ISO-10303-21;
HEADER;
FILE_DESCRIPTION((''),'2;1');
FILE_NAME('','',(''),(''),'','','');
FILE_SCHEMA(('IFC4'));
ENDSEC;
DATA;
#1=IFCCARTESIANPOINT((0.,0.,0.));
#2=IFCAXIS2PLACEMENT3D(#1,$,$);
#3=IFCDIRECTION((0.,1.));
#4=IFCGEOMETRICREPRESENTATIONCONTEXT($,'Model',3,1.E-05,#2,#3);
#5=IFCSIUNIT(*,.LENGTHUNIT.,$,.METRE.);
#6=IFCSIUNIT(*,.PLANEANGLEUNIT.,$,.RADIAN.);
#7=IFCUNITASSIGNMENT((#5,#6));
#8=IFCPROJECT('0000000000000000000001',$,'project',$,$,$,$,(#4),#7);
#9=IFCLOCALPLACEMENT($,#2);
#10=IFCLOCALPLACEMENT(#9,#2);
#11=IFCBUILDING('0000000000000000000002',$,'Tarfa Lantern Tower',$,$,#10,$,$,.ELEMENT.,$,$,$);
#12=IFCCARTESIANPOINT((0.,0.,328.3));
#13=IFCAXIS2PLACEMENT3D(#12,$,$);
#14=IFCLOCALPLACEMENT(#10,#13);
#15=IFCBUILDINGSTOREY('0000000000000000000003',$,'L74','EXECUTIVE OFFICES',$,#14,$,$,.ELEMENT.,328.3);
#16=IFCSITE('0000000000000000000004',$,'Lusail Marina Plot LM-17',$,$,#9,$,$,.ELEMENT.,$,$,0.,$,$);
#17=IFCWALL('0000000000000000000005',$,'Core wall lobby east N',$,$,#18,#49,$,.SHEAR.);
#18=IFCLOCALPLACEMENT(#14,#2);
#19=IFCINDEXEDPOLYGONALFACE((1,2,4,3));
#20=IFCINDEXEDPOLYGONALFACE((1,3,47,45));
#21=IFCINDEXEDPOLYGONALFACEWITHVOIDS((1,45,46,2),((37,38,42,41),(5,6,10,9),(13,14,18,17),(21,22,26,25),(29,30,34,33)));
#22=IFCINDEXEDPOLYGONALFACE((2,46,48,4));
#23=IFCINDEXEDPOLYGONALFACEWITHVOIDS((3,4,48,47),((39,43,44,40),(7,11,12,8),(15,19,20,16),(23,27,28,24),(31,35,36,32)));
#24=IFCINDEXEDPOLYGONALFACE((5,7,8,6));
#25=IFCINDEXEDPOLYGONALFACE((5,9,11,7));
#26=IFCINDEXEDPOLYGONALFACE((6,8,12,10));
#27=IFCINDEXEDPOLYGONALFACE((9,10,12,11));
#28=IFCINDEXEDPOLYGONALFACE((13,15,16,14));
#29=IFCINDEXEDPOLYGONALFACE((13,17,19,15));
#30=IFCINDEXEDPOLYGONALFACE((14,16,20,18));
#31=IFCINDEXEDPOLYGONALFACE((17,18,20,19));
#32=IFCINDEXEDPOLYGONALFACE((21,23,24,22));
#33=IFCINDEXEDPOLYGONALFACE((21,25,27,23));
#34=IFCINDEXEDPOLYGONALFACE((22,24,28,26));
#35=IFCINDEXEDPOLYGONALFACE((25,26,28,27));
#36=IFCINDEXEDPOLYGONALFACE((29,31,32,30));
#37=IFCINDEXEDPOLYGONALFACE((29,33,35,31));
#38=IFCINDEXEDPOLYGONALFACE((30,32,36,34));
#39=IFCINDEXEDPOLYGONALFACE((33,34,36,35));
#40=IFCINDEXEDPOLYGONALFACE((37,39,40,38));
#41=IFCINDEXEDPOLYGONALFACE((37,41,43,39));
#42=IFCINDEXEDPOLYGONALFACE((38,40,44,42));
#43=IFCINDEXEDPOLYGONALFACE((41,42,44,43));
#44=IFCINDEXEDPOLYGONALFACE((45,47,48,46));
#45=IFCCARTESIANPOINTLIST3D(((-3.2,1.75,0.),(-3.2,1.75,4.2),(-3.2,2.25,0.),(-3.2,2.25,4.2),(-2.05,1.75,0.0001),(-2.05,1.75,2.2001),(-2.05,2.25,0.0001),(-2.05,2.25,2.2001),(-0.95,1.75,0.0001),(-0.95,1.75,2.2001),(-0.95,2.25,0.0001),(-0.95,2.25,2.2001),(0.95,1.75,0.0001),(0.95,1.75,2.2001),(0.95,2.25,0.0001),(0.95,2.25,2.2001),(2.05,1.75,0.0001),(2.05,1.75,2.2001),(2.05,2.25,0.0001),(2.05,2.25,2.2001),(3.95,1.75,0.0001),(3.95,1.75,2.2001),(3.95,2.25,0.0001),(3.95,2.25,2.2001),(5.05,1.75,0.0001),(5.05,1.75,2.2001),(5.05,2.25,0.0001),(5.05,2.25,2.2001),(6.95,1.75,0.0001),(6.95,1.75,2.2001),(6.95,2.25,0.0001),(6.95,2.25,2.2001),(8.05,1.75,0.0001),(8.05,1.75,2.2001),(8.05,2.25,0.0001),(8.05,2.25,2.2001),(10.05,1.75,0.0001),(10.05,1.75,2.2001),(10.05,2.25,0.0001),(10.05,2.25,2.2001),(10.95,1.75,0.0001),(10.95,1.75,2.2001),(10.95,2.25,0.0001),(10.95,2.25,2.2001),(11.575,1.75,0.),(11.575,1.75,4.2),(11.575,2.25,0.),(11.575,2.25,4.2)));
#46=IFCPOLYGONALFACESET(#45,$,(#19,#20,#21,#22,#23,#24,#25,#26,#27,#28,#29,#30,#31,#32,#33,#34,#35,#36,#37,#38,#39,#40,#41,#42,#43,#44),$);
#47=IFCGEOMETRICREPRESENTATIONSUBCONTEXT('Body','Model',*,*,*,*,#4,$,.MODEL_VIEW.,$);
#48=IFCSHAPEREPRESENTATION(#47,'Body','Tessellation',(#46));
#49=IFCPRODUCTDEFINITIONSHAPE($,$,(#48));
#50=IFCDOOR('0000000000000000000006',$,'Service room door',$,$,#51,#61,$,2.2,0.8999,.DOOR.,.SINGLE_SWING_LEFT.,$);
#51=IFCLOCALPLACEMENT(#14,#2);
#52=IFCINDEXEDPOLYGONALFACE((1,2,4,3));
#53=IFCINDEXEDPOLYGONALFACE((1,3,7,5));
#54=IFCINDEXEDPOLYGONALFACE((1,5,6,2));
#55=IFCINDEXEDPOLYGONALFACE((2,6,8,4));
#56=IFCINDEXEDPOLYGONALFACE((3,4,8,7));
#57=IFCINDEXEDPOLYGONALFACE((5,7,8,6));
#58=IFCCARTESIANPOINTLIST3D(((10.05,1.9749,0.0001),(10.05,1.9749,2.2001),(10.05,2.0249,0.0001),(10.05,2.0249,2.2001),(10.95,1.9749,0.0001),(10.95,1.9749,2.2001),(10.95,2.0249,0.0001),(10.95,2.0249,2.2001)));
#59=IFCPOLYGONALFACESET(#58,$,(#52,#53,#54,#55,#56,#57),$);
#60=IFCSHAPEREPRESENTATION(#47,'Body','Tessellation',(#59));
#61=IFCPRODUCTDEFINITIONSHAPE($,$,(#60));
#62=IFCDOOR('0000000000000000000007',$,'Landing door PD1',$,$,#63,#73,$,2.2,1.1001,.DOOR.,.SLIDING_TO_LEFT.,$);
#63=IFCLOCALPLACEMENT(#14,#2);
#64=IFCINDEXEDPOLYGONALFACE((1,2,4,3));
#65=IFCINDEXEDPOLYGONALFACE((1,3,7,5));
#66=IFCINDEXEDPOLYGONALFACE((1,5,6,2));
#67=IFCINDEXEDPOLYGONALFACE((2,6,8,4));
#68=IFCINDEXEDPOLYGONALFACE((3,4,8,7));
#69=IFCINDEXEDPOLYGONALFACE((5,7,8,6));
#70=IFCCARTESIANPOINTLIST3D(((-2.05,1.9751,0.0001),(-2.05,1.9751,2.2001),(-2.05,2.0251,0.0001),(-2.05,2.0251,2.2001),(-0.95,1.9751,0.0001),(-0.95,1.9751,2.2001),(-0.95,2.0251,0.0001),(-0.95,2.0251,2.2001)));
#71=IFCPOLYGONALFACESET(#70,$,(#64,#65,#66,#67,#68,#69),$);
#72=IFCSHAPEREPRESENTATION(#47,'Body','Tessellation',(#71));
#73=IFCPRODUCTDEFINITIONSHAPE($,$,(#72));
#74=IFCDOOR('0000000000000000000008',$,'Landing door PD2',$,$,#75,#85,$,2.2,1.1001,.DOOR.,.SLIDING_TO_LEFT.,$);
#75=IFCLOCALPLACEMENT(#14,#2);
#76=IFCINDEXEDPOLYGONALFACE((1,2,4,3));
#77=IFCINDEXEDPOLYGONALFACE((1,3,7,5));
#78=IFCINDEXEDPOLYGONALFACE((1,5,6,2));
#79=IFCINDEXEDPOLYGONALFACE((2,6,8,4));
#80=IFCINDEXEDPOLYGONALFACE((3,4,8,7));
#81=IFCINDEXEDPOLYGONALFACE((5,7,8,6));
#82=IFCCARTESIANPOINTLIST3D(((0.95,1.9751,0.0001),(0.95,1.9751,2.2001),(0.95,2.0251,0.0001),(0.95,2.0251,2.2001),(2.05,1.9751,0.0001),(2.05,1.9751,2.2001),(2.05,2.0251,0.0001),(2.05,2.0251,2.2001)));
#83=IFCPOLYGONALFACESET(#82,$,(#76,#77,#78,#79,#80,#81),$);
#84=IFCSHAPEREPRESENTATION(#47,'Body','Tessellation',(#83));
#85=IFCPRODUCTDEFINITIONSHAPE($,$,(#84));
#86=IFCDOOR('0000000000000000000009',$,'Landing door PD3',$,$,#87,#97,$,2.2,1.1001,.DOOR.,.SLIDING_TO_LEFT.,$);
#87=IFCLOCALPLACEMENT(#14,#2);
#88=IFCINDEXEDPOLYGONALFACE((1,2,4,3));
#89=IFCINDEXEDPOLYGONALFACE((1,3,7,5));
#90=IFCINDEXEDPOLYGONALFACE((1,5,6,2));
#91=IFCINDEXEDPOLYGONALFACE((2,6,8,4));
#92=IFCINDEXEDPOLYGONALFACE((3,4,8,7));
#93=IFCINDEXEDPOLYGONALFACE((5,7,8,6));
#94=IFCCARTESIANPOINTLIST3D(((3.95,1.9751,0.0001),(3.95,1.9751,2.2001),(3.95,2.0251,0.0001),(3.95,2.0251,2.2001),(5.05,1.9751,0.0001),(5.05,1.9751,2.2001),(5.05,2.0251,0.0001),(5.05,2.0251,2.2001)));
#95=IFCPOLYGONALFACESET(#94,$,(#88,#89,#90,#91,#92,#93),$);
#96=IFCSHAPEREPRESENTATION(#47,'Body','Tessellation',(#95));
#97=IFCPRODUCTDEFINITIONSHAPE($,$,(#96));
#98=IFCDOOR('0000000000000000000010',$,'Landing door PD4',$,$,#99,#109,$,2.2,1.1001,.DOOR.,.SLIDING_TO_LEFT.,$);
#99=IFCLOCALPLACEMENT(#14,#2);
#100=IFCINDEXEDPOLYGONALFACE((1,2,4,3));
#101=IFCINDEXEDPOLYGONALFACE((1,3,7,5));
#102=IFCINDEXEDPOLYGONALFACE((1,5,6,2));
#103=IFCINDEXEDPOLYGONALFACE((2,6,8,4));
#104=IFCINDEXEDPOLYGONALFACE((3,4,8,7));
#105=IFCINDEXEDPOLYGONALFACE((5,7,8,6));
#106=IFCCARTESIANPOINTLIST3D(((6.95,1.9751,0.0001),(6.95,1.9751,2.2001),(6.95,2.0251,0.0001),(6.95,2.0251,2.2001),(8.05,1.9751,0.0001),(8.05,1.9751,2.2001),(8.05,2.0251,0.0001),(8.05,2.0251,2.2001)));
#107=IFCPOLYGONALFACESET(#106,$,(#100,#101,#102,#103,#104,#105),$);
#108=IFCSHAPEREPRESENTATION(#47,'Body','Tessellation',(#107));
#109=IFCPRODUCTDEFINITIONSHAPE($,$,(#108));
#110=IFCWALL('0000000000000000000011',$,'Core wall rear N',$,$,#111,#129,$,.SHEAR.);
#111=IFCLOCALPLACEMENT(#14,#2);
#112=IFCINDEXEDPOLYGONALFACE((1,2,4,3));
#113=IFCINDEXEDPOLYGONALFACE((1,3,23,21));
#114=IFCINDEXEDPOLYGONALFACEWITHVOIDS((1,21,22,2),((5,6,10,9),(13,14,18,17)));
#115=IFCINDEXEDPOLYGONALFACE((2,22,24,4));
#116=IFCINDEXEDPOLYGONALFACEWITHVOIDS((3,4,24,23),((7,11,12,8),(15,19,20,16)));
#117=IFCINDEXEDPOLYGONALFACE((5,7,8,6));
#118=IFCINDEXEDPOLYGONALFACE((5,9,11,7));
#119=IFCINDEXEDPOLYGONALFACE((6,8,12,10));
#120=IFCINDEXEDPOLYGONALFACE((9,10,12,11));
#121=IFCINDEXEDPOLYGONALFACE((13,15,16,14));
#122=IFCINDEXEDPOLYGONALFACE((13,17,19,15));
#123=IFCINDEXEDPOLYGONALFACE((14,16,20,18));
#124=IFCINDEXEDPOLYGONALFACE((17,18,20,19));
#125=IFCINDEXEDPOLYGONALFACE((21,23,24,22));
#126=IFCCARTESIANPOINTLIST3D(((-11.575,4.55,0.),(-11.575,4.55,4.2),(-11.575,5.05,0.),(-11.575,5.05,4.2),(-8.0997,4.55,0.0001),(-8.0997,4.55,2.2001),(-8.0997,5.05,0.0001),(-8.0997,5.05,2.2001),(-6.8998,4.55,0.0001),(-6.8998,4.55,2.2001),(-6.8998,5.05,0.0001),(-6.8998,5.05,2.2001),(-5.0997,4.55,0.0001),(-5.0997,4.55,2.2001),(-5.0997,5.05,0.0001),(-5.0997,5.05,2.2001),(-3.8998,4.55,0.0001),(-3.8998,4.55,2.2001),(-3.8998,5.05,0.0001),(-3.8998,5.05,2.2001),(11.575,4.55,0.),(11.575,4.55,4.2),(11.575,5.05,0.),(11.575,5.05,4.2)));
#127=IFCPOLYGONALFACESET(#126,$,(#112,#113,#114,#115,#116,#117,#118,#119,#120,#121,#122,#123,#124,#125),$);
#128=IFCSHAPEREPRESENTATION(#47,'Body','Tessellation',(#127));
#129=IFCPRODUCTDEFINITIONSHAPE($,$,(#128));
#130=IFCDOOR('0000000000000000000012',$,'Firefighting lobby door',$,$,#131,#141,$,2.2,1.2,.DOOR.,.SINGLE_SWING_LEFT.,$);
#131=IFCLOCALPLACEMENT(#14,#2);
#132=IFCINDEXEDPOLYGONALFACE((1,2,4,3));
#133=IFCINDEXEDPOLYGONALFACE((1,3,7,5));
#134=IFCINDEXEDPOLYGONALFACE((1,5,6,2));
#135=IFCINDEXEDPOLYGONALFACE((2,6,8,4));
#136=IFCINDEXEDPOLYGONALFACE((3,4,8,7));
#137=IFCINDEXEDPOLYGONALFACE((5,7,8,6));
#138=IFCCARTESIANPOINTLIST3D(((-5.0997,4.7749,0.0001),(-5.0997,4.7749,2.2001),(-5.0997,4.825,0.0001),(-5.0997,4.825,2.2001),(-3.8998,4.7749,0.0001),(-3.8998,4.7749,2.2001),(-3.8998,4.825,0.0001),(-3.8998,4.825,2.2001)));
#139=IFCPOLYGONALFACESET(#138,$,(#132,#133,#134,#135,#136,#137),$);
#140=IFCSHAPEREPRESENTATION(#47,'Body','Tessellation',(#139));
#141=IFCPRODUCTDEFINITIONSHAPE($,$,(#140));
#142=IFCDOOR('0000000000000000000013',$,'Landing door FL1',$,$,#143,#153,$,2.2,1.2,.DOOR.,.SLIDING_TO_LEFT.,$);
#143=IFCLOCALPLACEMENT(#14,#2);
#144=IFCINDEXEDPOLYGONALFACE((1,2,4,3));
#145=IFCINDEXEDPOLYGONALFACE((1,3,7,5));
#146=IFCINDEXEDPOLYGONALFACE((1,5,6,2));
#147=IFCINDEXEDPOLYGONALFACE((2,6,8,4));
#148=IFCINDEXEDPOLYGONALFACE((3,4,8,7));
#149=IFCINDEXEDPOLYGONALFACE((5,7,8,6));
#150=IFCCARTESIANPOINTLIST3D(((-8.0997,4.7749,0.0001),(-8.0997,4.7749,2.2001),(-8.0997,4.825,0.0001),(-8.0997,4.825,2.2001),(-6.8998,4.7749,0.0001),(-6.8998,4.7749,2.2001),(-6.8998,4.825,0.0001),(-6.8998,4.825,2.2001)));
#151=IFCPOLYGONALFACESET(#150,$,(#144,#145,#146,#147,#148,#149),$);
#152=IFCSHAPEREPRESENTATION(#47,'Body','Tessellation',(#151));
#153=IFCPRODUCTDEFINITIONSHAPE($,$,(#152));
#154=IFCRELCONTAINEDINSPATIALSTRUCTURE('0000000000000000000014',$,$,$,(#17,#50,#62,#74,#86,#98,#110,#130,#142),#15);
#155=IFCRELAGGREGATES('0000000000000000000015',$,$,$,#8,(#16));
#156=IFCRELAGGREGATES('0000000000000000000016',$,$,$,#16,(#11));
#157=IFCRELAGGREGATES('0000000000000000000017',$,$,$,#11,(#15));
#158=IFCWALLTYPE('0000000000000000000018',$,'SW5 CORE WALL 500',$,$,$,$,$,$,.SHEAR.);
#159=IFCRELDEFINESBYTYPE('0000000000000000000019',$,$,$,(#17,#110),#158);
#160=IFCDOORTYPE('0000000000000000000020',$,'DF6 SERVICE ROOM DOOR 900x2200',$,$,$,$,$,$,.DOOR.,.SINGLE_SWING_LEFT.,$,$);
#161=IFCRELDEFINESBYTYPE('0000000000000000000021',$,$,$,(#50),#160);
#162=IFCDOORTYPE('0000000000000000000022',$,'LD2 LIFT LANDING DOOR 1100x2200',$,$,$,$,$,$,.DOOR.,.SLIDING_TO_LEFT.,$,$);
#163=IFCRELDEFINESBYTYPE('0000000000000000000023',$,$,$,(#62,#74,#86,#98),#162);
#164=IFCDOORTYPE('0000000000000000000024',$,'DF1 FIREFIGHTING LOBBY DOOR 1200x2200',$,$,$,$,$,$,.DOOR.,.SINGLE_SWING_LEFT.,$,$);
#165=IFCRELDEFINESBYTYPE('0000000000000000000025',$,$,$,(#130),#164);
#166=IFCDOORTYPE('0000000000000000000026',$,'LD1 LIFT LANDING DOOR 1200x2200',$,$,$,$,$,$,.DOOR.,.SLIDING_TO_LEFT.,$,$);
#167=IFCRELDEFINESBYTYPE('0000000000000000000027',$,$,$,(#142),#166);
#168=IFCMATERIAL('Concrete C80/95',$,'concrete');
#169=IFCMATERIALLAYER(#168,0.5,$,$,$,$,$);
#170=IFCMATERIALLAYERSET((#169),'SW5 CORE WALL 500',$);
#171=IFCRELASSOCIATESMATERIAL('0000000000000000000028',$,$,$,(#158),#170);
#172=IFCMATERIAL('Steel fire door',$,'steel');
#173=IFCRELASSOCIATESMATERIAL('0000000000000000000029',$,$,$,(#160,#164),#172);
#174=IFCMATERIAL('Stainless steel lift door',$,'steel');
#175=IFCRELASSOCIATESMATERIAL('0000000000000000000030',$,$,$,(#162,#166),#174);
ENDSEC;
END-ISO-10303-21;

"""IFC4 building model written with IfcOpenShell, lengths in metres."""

from ifc_helpers import new_model, si_unit, direction, frame, frame_2d, origin, place, context, subcontext, project, spatial, rectangle, extrude, material, layer, layer_set, type_object, element, fill, save


model = new_model("IFC4")

# Units and contexts
model_context = context("Model", 3, precision=1e-05, world=origin(), true_north=direction((0.0, 1.0)))
body_context = subcontext(model_context, "Body", "Model", "MODEL_VIEW")
ifc_project = project(units=[si_unit("LENGTHUNIT", "METRE"), si_unit("PLANEANGLEUNIT", "RADIAN")], contexts=[model_context])

# Site, building, storey
site_placement = place(None, origin())
site = spatial("IfcSite", under=ifc_project, at=site_placement, Name="Lusail Marina Plot LM-17", CompositionType="ELEMENT", RefElevation=0.0)
building_placement = place(site_placement, origin())
building = spatial("IfcBuilding", under=site, at=building_placement, Name="Tarfa Lantern Tower", CompositionType="ELEMENT")
storey_placement = place(building_placement, frame((0.0, 0.0, 328.3)))
storey = spatial("IfcBuildingStorey", under=building, at=storey_placement, Name="L74", Description="EXECUTIVE OFFICES", CompositionType="ELEMENT", Elevation=328.3)

# Shared definitions
ifc_material_1 = material(Name="Concrete C80/95", Category="concrete")
ifc_layer_1 = layer(ifc_material_1, 0.5)
ifc_layer_set_1 = layer_set([ifc_layer_1], Name="SW5 CORE WALL 500")
wall_type_1 = type_object("IfcWallType", Name="SW5 CORE WALL 500", PredefinedType="SHEAR", material=ifc_layer_set_1)
ifc_material_2 = material(Name="Steel fire door", Category="steel")
door_type_1 = type_object("IfcDoorType", Name="DF6 SERVICE ROOM DOOR 900x2200", OperationType="SINGLE_SWING_LEFT", PredefinedType="DOOR", material=ifc_material_2)

# Walls, openings, doors
wall_1_placement = place(storey_placement, frame((-3.2, 2.0, 0.0), z_axis=(0.0, 0.0, 1.0), x_axis=(1.0, 0.0, 0.0)))
wall_1 = element("IfcWall", 1, at=wall_1_placement, inside=storey, type_object=wall_type_1, Name="Core wall lobby east N", PredefinedType="SHEAR", context=body_context, shape_type="SweptSolid", body=[
    extrude(rectangle(XDim=14.7749, YDim=0.5, at=frame_2d((7.3875, 0.0))), origin(), (0.0, 0.0, 1.0), 4.2),
])
opening_1_placement = place(wall_1_placement, frame((13.25, 0.0, 0.0)))
opening_1 = element("IfcOpeningElement", 2, at=opening_1_placement, cuts=wall_1, PredefinedType="OPENING", context=body_context, shape_type="SweptSolid", body=[
    extrude(rectangle(XDim=0.8999, YDim=2.2, at=frame_2d((0.45, 1.1001))), frame((0.0, 0.26, 0.0), z_axis=(0.0, -1.0, 0.0), x_axis=(1.0, 0.0, 0.0)), (0.0, 0.0, 1.0), 0.52),
])
opening_2_placement = place(wall_1_placement, frame((1.1499, 0.0, 0.0)))
opening_2 = element("IfcOpeningElement", 3, at=opening_2_placement, cuts=wall_1, PredefinedType="OPENING", context=body_context, shape_type="SweptSolid", body=[
    extrude(rectangle(XDim=1.1001, YDim=2.2, at=frame_2d((0.55, 1.1001))), frame((0.0, 0.26, 0.0), z_axis=(0.0, -1.0, 0.0), x_axis=(1.0, 0.0, 0.0)), (0.0, 0.0, 1.0), 0.52),
])
opening_3_placement = place(wall_1_placement, frame((4.1499, 0.0, 0.0)))
opening_3 = element("IfcOpeningElement", 4, at=opening_3_placement, cuts=wall_1, PredefinedType="OPENING", context=body_context, shape_type="SweptSolid", body=[
    extrude(rectangle(XDim=1.1001, YDim=2.2, at=frame_2d((0.55, 1.1001))), frame((0.0, 0.26, 0.0), z_axis=(0.0, -1.0, 0.0), x_axis=(1.0, 0.0, 0.0)), (0.0, 0.0, 1.0), 0.52),
])
opening_4_placement = place(wall_1_placement, frame((7.1499, 0.0, 0.0)))
opening_4 = element("IfcOpeningElement", 5, at=opening_4_placement, cuts=wall_1, PredefinedType="OPENING", context=body_context, shape_type="SweptSolid", body=[
    extrude(rectangle(XDim=1.1001, YDim=2.2, at=frame_2d((0.55, 1.1001))), frame((0.0, 0.26, 0.0), z_axis=(0.0, -1.0, 0.0), x_axis=(1.0, 0.0, 0.0)), (0.0, 0.0, 1.0), 0.52),
])
opening_5_placement = place(wall_1_placement, frame((10.1499, 0.0, 0.0)))
opening_5 = element("IfcOpeningElement", 6, at=opening_5_placement, cuts=wall_1, PredefinedType="OPENING", context=body_context, shape_type="SweptSolid", body=[
    extrude(rectangle(XDim=1.1001, YDim=2.2, at=frame_2d((0.55, 1.1001))), frame((0.0, 0.26, 0.0), z_axis=(0.0, -1.0, 0.0), x_axis=(1.0, 0.0, 0.0)), (0.0, 0.0, 1.0), 0.52),
])
door_1_placement = place(opening_1_placement, origin())
door_1 = element("IfcDoor", 7, at=door_1_placement, inside=storey, type_object=door_type_1, Name="Service room door", OperationType="SINGLE_SWING_LEFT", OverallHeight=2.2, OverallWidth=0.8999, PredefinedType="DOOR", context=body_context, shape_type="SweptSolid", body=[
    extrude(rectangle(XDim=0.8999, YDim=2.2, at=frame_2d((0.45, 1.1001))), frame((0.0, 0.0249, 0.0), z_axis=(0.0, -1.0, 0.0), x_axis=(1.0, 0.0, 0.0)), (0.0, 0.0, 1.0), 0.05),
])
fill(opening_1, door_1)
ifc_material_3 = material(Name="Stainless steel lift door", Category="steel")
door_type_2 = type_object("IfcDoorType", Name="LD2 LIFT LANDING DOOR 1100x2200", OperationType="SLIDING_TO_LEFT", PredefinedType="DOOR", material=ifc_material_3)
door_2_placement = place(opening_2_placement, frame((1.1001, 0.0, 0.0), z_axis=(0.0, 0.0, 1.0), x_axis=(-1.0, 0.0, 0.0)))
door_2 = element("IfcDoor", 8, at=door_2_placement, inside=storey, type_object=door_type_2, Name="Landing door PD1", OperationType="SLIDING_TO_LEFT", OverallHeight=2.2, OverallWidth=1.1001, PredefinedType="DOOR", context=body_context, shape_type="SweptSolid", body=[
    extrude(rectangle(XDim=1.1001, YDim=2.2, at=frame_2d((0.55, 1.1001))), frame((0.0, 0.0249, 0.0), z_axis=(0.0, -1.0, 0.0), x_axis=(1.0, 0.0, 0.0)), (0.0, 0.0, 1.0), 0.05),
])
fill(opening_2, door_2)
door_3_placement = place(opening_3_placement, frame((1.1001, 0.0, 0.0), z_axis=(0.0, 0.0, 1.0), x_axis=(-1.0, 0.0, 0.0)))
door_3 = element("IfcDoor", 9, at=door_3_placement, inside=storey, type_object=door_type_2, Name="Landing door PD2", OperationType="SLIDING_TO_LEFT", OverallHeight=2.2, OverallWidth=1.1001, PredefinedType="DOOR", context=body_context, shape_type="SweptSolid", body=[
    extrude(rectangle(XDim=1.1001, YDim=2.2, at=frame_2d((0.55, 1.1001))), frame((0.0, 0.0249, 0.0), z_axis=(0.0, -1.0, 0.0), x_axis=(1.0, 0.0, 0.0)), (0.0, 0.0, 1.0), 0.05),
])
fill(opening_3, door_3)
door_4_placement = place(opening_4_placement, frame((1.1001, 0.0, 0.0), z_axis=(0.0, 0.0, 1.0), x_axis=(-1.0, 0.0, 0.0)))
door_4 = element("IfcDoor", 10, at=door_4_placement, inside=storey, type_object=door_type_2, Name="Landing door PD3", OperationType="SLIDING_TO_LEFT", OverallHeight=2.2, OverallWidth=1.1001, PredefinedType="DOOR", context=body_context, shape_type="SweptSolid", body=[
    extrude(rectangle(XDim=1.1001, YDim=2.2, at=frame_2d((0.55, 1.1001))), frame((0.0, 0.0249, 0.0), z_axis=(0.0, -1.0, 0.0), x_axis=(1.0, 0.0, 0.0)), (0.0, 0.0, 1.0), 0.05),
])
fill(opening_4, door_4)
door_5_placement = place(opening_5_placement, frame((1.1001, 0.0, 0.0), z_axis=(0.0, 0.0, 1.0), x_axis=(-1.0, 0.0, 0.0)))
door_5 = element("IfcDoor", 11, at=door_5_placement, inside=storey, type_object=door_type_2, Name="Landing door PD4", OperationType="SLIDING_TO_LEFT", OverallHeight=2.2, OverallWidth=1.1001, PredefinedType="DOOR", context=body_context, shape_type="SweptSolid", body=[
    extrude(rectangle(XDim=1.1001, YDim=2.2, at=frame_2d((0.55, 1.1001))), frame((0.0, 0.0249, 0.0), z_axis=(0.0, -1.0, 0.0), x_axis=(1.0, 0.0, 0.0)), (0.0, 0.0, 1.0), 0.05),
])
fill(opening_5, door_5)
wall_2_placement = place(storey_placement, frame((-11.575, 4.8, 0.0), z_axis=(0.0, 0.0, 1.0), x_axis=(1.0, 0.0, 0.0)))
wall_2 = element("IfcWall", 12, at=wall_2_placement, inside=storey, type_object=wall_type_1, Name="Core wall rear N", PredefinedType="SHEAR", context=body_context, shape_type="SweptSolid", body=[
    extrude(rectangle(XDim=23.1499, YDim=0.5, at=frame_2d((11.575, 0.0))), origin(), (0.0, 0.0, 1.0), 4.2),
])
opening_6_placement = place(wall_2_placement, frame((6.4751, 0.0, 0.0)))
opening_6 = element("IfcOpeningElement", 13, at=opening_6_placement, cuts=wall_2, PredefinedType="OPENING", context=body_context, shape_type="SweptSolid", body=[
    extrude(rectangle(XDim=1.2, YDim=2.2, at=frame_2d((0.6001, 1.1001))), frame((0.0, 0.26, 0.0), z_axis=(0.0, -1.0, 0.0), x_axis=(1.0, 0.0, 0.0)), (0.0, 0.0, 1.0), 0.52),
])
opening_7_placement = place(wall_2_placement, frame((3.4751, 0.0, 0.0)))
opening_7 = element("IfcOpeningElement", 14, at=opening_7_placement, cuts=wall_2, PredefinedType="OPENING", context=body_context, shape_type="SweptSolid", body=[
    extrude(rectangle(XDim=1.2, YDim=2.2, at=frame_2d((0.6001, 1.1001))), frame((0.0, 0.26, 0.0), z_axis=(0.0, -1.0, 0.0), x_axis=(1.0, 0.0, 0.0)), (0.0, 0.0, 1.0), 0.52),
])
door_type_3 = type_object("IfcDoorType", Name="DF1 FIREFIGHTING LOBBY DOOR 1200x2200", OperationType="SINGLE_SWING_LEFT", PredefinedType="DOOR", material=ifc_material_2)
door_6_placement = place(opening_6_placement, origin())
door_6 = element("IfcDoor", 15, at=door_6_placement, inside=storey, type_object=door_type_3, Name="Firefighting lobby door", OperationType="SINGLE_SWING_LEFT", OverallHeight=2.2, OverallWidth=1.2, PredefinedType="DOOR", context=body_context, shape_type="SweptSolid", body=[
    extrude(rectangle(XDim=1.2, YDim=2.2, at=frame_2d((0.6001, 1.1001))), frame((0.0, 0.0249, 0.0), z_axis=(0.0, -1.0, 0.0), x_axis=(1.0, 0.0, 0.0)), (0.0, 0.0, 1.0), 0.05),
])
fill(opening_6, door_6)
door_type_4 = type_object("IfcDoorType", Name="LD1 LIFT LANDING DOOR 1200x2200", OperationType="SLIDING_TO_LEFT", PredefinedType="DOOR", material=ifc_material_3)
door_7_placement = place(opening_7_placement, origin())
door_7 = element("IfcDoor", 16, at=door_7_placement, inside=storey, type_object=door_type_4, Name="Landing door FL1", OperationType="SLIDING_TO_LEFT", OverallHeight=2.2, OverallWidth=1.2, PredefinedType="DOOR", context=body_context, shape_type="SweptSolid", body=[
    extrude(rectangle(XDim=1.2, YDim=2.2, at=frame_2d((0.6001, 1.1001))), frame((0.0, 0.0249, 0.0), z_axis=(0.0, -1.0, 0.0), x_axis=(1.0, 0.0, 0.0)), (0.0, 0.0, 1.0), 0.05),
])
fill(opening_7, door_7)

save(model, "model.ifc")
